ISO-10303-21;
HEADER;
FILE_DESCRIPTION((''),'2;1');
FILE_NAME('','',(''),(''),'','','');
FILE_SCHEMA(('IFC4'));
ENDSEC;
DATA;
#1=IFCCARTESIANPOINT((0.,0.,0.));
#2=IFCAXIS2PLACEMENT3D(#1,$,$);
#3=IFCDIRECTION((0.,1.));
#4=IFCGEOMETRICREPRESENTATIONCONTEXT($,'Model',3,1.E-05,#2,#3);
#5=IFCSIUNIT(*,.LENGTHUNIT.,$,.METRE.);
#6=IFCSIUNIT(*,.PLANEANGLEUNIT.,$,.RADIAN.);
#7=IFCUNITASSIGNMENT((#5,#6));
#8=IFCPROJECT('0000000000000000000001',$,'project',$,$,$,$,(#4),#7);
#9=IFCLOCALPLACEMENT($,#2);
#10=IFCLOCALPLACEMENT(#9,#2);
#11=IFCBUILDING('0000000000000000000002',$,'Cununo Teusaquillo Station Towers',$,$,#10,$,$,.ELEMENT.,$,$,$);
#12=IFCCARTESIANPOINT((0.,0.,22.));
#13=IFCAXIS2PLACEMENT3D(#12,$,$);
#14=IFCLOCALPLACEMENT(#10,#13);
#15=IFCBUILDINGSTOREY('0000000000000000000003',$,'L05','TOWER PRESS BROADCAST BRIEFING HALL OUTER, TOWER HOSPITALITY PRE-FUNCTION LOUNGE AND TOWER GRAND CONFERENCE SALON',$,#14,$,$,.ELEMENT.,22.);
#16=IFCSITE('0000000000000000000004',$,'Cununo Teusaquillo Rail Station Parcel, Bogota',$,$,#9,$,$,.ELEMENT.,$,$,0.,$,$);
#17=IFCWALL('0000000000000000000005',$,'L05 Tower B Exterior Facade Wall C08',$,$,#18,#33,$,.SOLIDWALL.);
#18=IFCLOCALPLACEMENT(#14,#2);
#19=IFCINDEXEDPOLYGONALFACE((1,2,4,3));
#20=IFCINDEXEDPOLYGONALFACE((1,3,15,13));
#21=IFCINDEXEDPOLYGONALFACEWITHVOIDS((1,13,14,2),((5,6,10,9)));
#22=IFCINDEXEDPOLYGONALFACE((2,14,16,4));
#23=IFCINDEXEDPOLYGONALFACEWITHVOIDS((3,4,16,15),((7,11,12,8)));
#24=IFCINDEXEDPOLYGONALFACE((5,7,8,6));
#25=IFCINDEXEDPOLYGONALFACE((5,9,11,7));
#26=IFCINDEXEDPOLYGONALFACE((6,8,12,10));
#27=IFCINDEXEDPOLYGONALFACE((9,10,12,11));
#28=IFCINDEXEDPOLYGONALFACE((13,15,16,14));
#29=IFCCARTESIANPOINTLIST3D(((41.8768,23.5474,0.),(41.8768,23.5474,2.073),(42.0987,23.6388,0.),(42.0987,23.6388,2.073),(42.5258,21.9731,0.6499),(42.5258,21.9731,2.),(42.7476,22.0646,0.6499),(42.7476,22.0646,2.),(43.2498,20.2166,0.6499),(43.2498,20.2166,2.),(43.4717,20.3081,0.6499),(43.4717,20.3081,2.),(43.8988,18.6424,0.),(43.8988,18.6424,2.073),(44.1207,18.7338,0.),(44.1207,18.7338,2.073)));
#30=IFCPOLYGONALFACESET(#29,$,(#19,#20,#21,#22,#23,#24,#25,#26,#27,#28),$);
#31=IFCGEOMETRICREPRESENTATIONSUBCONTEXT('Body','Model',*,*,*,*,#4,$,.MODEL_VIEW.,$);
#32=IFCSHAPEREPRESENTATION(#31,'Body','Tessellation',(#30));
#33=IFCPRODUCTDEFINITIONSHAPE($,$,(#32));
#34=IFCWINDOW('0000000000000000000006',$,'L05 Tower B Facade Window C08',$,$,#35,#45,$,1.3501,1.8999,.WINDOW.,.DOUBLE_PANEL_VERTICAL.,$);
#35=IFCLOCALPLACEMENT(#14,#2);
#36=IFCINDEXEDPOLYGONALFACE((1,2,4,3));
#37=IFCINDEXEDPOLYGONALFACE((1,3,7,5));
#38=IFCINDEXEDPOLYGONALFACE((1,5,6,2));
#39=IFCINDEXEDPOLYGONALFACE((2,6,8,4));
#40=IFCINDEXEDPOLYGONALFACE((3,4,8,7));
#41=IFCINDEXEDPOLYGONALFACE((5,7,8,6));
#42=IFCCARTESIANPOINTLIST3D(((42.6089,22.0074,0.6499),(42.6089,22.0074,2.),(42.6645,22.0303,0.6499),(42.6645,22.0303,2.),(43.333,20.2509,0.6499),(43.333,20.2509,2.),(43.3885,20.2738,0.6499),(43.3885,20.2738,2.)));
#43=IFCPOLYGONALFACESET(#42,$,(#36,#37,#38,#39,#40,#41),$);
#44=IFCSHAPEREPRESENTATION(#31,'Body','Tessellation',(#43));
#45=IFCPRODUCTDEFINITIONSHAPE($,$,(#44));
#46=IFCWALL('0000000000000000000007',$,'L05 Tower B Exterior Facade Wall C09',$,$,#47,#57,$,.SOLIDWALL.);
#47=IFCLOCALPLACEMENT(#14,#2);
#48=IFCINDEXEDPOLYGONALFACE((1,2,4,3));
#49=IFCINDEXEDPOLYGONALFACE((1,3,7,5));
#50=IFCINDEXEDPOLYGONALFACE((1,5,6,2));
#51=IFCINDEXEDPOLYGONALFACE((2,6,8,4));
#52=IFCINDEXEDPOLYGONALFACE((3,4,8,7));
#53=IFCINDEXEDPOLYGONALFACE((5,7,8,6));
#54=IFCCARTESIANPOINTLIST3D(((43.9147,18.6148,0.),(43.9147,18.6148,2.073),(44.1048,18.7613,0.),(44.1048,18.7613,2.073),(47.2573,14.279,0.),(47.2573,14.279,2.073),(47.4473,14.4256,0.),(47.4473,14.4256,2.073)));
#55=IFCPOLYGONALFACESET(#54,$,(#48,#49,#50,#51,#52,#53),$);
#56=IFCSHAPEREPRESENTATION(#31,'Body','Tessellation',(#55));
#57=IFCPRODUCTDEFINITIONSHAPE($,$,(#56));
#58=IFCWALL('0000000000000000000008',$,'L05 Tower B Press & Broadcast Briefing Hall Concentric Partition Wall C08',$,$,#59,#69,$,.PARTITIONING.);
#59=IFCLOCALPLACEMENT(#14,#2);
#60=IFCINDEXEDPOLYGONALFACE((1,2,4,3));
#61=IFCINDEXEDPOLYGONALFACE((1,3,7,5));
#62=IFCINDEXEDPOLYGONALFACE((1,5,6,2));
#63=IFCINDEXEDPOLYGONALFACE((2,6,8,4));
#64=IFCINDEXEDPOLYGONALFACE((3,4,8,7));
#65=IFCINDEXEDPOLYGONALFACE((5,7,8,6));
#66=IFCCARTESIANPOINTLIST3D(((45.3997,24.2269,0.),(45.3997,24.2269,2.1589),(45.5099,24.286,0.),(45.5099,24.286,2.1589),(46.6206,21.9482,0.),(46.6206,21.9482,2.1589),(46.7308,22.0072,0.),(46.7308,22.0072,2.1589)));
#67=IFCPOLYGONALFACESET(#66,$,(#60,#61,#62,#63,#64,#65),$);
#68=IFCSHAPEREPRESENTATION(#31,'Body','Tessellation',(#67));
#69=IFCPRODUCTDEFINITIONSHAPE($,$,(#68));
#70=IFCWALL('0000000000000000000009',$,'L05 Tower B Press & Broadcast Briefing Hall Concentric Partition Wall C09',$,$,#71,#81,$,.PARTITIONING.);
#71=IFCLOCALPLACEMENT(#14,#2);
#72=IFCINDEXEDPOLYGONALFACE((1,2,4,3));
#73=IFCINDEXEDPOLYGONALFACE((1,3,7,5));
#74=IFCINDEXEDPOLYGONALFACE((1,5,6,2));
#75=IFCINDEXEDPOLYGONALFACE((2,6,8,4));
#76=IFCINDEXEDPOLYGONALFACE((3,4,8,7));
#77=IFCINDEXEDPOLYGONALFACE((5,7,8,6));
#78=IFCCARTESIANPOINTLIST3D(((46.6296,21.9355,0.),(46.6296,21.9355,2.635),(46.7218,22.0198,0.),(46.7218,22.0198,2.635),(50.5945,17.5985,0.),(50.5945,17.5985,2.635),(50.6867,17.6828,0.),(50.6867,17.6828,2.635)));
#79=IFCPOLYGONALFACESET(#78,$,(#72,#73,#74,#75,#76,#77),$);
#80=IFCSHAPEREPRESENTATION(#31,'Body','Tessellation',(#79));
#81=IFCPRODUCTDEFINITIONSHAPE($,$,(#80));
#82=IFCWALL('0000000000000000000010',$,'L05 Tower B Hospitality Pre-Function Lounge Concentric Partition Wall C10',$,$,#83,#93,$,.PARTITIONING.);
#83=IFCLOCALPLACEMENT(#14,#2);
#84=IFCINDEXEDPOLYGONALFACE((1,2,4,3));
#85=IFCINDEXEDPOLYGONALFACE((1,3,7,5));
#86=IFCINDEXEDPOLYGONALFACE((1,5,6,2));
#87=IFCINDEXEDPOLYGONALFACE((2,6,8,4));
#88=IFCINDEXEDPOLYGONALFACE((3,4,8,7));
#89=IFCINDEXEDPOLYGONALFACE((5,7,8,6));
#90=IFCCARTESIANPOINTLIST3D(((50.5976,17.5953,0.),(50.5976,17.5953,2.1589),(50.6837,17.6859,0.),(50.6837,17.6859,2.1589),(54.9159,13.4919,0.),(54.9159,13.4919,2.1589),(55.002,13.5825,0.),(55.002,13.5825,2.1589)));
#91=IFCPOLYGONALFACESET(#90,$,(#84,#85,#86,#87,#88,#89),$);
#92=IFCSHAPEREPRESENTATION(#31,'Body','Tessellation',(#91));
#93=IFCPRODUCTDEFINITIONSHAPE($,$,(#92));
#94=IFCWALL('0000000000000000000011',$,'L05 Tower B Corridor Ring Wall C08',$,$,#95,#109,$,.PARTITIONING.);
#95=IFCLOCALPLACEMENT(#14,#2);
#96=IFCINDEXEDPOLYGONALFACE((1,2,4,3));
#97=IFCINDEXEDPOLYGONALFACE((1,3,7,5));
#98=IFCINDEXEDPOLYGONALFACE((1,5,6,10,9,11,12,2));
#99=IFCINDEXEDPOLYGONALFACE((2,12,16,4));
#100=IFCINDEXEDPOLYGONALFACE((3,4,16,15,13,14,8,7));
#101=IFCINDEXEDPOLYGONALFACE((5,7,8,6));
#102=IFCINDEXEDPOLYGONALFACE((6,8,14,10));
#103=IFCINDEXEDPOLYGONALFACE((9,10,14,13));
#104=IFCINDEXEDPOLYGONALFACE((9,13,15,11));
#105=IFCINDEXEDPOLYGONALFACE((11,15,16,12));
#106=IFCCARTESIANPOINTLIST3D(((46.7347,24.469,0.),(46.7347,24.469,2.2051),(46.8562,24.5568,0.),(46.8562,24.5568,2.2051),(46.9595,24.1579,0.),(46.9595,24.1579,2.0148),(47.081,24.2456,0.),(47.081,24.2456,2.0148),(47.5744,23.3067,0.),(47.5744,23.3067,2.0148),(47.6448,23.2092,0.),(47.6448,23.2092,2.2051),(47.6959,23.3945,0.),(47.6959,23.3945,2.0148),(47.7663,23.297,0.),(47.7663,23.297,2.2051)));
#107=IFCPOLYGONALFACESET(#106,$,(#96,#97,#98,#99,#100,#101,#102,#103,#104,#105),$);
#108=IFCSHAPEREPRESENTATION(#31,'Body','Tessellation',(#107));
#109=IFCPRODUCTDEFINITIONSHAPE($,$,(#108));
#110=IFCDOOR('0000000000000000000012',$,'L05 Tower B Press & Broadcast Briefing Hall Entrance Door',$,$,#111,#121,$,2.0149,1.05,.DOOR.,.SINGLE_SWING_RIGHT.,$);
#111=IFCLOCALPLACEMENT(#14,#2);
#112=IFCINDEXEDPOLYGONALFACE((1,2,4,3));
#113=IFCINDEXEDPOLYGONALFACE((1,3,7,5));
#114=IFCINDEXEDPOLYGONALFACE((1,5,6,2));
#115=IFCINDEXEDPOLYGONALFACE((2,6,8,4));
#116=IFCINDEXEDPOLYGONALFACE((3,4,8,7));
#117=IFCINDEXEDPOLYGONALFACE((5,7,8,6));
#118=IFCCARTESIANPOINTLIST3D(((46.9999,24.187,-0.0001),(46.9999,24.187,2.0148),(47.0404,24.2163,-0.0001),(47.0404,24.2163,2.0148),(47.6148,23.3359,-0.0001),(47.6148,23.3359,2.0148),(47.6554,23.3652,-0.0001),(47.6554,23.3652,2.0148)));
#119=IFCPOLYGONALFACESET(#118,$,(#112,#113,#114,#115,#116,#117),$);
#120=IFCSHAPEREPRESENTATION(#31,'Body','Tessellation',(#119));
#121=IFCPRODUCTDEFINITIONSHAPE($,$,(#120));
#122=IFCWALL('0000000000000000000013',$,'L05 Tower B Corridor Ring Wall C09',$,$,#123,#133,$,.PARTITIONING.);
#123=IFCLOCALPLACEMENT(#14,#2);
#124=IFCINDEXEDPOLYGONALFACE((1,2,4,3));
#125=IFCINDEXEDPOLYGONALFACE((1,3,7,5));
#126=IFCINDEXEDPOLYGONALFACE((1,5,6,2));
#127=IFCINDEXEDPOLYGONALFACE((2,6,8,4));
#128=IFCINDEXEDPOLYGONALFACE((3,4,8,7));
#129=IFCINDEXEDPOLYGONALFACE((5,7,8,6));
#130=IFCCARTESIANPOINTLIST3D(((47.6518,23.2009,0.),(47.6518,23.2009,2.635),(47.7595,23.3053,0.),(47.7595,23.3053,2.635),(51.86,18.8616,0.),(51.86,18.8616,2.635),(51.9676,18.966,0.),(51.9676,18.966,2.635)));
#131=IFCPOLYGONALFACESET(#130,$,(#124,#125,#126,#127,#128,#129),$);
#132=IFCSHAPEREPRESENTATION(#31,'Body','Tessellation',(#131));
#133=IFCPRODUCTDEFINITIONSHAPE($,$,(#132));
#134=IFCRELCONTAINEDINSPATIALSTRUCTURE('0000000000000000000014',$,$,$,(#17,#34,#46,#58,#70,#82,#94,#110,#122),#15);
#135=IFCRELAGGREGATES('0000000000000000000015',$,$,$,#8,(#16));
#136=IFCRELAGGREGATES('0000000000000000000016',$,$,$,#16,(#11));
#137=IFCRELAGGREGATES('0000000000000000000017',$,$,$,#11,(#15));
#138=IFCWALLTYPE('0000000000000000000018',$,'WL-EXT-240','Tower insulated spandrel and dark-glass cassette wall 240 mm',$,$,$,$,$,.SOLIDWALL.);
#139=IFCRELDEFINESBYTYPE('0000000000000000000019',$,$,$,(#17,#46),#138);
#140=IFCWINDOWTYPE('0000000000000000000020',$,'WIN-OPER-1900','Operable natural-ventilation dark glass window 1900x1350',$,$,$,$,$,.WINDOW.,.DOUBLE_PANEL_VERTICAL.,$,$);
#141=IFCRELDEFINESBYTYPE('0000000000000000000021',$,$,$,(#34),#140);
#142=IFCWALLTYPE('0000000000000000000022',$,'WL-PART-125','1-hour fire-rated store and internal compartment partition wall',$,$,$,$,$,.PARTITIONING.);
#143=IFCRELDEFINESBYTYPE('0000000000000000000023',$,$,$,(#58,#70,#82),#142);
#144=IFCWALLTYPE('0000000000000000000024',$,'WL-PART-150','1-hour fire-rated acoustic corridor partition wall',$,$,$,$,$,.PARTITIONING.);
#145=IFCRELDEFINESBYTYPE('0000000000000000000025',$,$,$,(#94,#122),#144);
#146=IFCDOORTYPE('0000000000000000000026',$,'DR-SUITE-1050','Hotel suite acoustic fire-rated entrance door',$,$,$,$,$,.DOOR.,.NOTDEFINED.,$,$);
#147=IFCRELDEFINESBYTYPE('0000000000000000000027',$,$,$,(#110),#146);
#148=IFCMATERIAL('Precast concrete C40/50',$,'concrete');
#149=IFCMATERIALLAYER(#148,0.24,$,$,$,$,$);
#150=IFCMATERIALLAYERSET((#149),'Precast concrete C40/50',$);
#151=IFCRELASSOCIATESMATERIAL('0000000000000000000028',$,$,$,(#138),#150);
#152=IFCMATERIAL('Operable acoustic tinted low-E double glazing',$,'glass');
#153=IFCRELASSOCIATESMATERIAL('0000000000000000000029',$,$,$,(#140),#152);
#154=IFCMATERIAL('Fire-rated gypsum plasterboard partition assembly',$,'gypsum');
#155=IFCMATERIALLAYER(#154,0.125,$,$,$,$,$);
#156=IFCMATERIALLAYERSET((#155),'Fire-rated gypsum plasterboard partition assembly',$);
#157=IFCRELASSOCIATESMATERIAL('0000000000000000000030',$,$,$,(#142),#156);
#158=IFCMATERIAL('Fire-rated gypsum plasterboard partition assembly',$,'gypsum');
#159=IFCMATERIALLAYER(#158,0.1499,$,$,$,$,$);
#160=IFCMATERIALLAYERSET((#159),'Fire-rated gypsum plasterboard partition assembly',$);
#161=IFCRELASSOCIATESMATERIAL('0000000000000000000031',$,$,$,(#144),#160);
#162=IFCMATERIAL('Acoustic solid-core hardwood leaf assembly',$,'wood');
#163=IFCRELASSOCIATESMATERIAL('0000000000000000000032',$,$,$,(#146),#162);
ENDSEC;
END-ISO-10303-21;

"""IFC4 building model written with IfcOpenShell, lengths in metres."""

from ifc_helpers import new_model, si_unit, direction, frame, frame_2d, origin, place, context, subcontext, project, spatial, rectangle, extrude, source, transform, mapped, material, layer, layer_set, type_object, element, fill, save


model = new_model("IFC4")

# Units and contexts
model_context = context("Model", 3, precision=1e-05, world=origin(), true_north=direction((0.0, 1.0)))
body_context = subcontext(model_context, "Body", "Model", "MODEL_VIEW")
ifc_project = project(units=[si_unit("LENGTHUNIT", "METRE"), si_unit("PLANEANGLEUNIT", "RADIAN")], contexts=[model_context])

# Site, building, storey
site_placement = place(None, origin())
site = spatial("IfcSite", under=ifc_project, at=site_placement, Name="Cununo Teusaquillo Rail Station Parcel, Bogota", CompositionType="ELEMENT", RefElevation=0.0)
building_placement = place(site_placement, origin())
building = spatial("IfcBuilding", under=site, at=building_placement, Name="Cununo Teusaquillo Station Towers", CompositionType="ELEMENT")
storey_placement = place(building_placement, frame((0.0, 0.0, 22.0)))
storey = spatial("IfcBuildingStorey", under=building, at=storey_placement, Name="L05", Description="TOWER PRESS BROADCAST BRIEFING HALL OUTER, TOWER HOSPITALITY PRE-FUNCTION LOUNGE AND TOWER GRAND CONFERENCE SALON", CompositionType="ELEMENT", Elevation=22.0)

# Shared definitions
ifc_material_1 = material(Name="Precast concrete C40/50", Category="concrete")
ifc_layer_1 = layer(ifc_material_1, 0.24)
ifc_layer_set_1 = layer_set([ifc_layer_1], Name="Precast concrete C40/50")
wall_type_1 = type_object("IfcWallType", Name="WL-EXT-240", Description="Tower insulated spandrel and dark-glass cassette wall 240 mm", PredefinedType="SOLIDWALL", material=ifc_layer_set_1)

# Wall, opening, window
wall_1_placement = place(storey_placement, frame((44.0098, 18.688, 0.0), z_axis=(0.0, 0.0, 1.0), x_axis=(-0.381113, 0.924528, 0.0)))
wall_1 = element("IfcWall", 1, at=wall_1_placement, inside=storey, type_object=wall_type_1, Name="L05 Tower B Exterior Facade Wall C08", PredefinedType="SOLIDWALL", context=body_context, shape_type="SweptSolid", body=[
    extrude(rectangle(XDim=5.3054, YDim=0.24, at=frame_2d((2.6528, 0.0))), origin(), (0.0, 0.0, 1.0), 2.073),
])
shared_shape_1 = source(origin(), body_context, "Body", "SweptSolid", [
    extrude(rectangle(XDim=1.8999, YDim=1.3501, at=frame_2d((0.95, 0.675))), frame((0.0, 0.1299, 0.0), z_axis=(0.0, -1.0, 0.0), x_axis=(1.0, 0.0, 0.0)), (0.0, 0.0, 1.0), 0.26),
])
opening_1_placement = place(wall_1_placement, frame((1.7029, 0.0, 0.6499)))
opening_1 = element("IfcOpeningElement", 2, at=opening_1_placement, cuts=wall_1, PredefinedType="OPENING", context=body_context, shape_type="MappedRepresentation", body=[
    mapped(shared_shape_1, transform((0.0, 0.0, 0.0), x_axis=(1.0, 0.0, 0.0), y_axis=(0.0, 1.0, 0.0), z_axis=(0.0, 0.0, 1.0), scale=1.0)),
])
ifc_material_2 = material(Name="Operable acoustic tinted low-E double glazing", Category="glass")
window_type_1 = type_object("IfcWindowType", Name="WIN-OPER-1900", Description="Operable natural-ventilation dark glass window 1900x1350", PartitioningType="DOUBLE_PANEL_VERTICAL", PredefinedType="WINDOW", material=ifc_material_2)
shared_shape_2 = source(origin(), body_context, "Body", "SweptSolid", [
    extrude(rectangle(XDim=1.8999, YDim=1.3501, at=frame_2d((0.95, 0.675))), frame((0.0, 0.03, 0.0), z_axis=(0.0, -1.0, 0.0), x_axis=(1.0, 0.0, 0.0)), (0.0, 0.0, 1.0), 0.0601),
])
window_1_placement = place(opening_1_placement, origin())
window_1 = element("IfcWindow", 3, at=window_1_placement, inside=storey, type_object=window_type_1, Name="L05 Tower B Facade Window C08", OverallHeight=1.3501, OverallWidth=1.8999, PartitioningType="DOUBLE_PANEL_VERTICAL", PredefinedType="WINDOW", context=body_context, shape_type="MappedRepresentation", body=[
    mapped(shared_shape_2, transform((0.0, 0.0, 0.0), x_axis=(1.0, 0.0, 0.0), y_axis=(0.0, 1.0, 0.0), z_axis=(0.0, 0.0, 1.0), scale=1.0)),
])
fill(opening_1, window_1)

# Walls
wall_2_placement = place(storey_placement, frame((47.3523, 14.3523, 0.0), z_axis=(0.0, 0.0, 1.0), x_axis=(-0.610557, 0.791972, 0.0)))
element("IfcWall", 4, at=wall_2_placement, inside=storey, type_object=wall_type_1, Name="L05 Tower B Exterior Facade Wall C09", PredefinedType="SOLIDWALL", context=body_context, shape_type="SweptSolid", body=[
    extrude(rectangle(XDim=5.4746, YDim=0.24, at=frame_2d((2.7373, 0.0))), origin(), (0.0, 0.0, 1.0), 2.073),
])
ifc_material_3 = material(Name="Fire-rated gypsum plasterboard partition assembly", Category="gypsum")
ifc_layer_2 = layer(ifc_material_3, 0.125)
ifc_layer_set_2 = layer_set([ifc_layer_2], Name="Fire-rated gypsum plasterboard partition assembly")
wall_type_2 = type_object("IfcWallType", Name="WL-PART-125", Description="1-hour fire-rated store and internal compartment partition wall", PredefinedType="PARTITIONING", material=ifc_layer_set_2)
wall_3_placement = place(storey_placement, frame((45.4548, 24.2563, 0.0), z_axis=(0.0, 0.0, 1.0), x_axis=(0.472269, -0.881455, 0.0)))
element("IfcWall", 5, at=wall_3_placement, inside=storey, type_object=wall_type_2, Name="L05 Tower B Press & Broadcast Briefing Hall Concentric Partition Wall C08", PredefinedType="PARTITIONING", context=body_context, shape_type="SweptSolid", body=[
    extrude(rectangle(XDim=2.5852, YDim=0.125, at=frame_2d((1.2925, 0.0))), origin(), (0.0, 0.0, 1.0), 2.1589),
])
wall_4_placement = place(storey_placement, frame((46.6758, 21.9775, 0.0), z_axis=(0.0, 0.0, 1.0), x_axis=(0.674738, -0.738057, 0.0)))
element("IfcWall", 6, at=wall_4_placement, inside=storey, type_object=wall_type_2, Name="L05 Tower B Press & Broadcast Briefing Hall Concentric Partition Wall C09", PredefinedType="PARTITIONING", context=body_context, shape_type="SweptSolid", body=[
    extrude(rectangle(XDim=5.8762, YDim=0.125, at=frame_2d((2.938, 0.0))), origin(), (0.0, 0.0, 1.0), 2.635),
])
wall_5_placement = place(storey_placement, frame((50.6406, 17.6406, 0.0), z_axis=(0.0, 0.0, 1.0), x_axis=(0.724909, -0.688844, 0.0)))
element("IfcWall", 7, at=wall_5_placement, inside=storey, type_object=wall_type_2, Name="L05 Tower B Hospitality Pre-Function Lounge Concentric Partition Wall C10", PredefinedType="PARTITIONING", context=body_context, shape_type="SweptSolid", body=[
    extrude(rectangle(XDim=5.957, YDim=0.125, at=frame_2d((2.9785, 0.0))), origin(), (0.0, 0.0, 1.0), 2.1589),
])

# Wall, opening, door
ifc_material_4 = material(Name="Fire-rated gypsum plasterboard partition assembly", Category="gypsum")
ifc_layer_3 = layer(ifc_material_4, 0.1499)
ifc_layer_set_3 = layer_set([ifc_layer_3], Name="Fire-rated gypsum plasterboard partition assembly")
wall_type_3 = type_object("IfcWallType", Name="WL-PART-150", Description="1-hour fire-rated acoustic corridor partition wall", PredefinedType="PARTITIONING", material=ifc_layer_set_3)
wall_6_placement = place(storey_placement, frame((46.7954, 24.5129, 0.0), z_axis=(0.0, 0.0, 1.0), x_axis=(0.585628, -0.81058, 0.0)))
wall_6 = element("IfcWall", 8, at=wall_6_placement, inside=storey, type_object=wall_type_3, Name="L05 Tower B Corridor Ring Wall C08", PredefinedType="PARTITIONING", context=body_context, shape_type="SweptSolid", body=[
    extrude(rectangle(XDim=1.5542, YDim=0.1499, at=frame_2d((0.7771, 0.0))), origin(), (0.0, 0.0, 1.0), 2.2051),
])
shared_shape_3 = source(origin(), body_context, "Body", "SweptSolid", [
    extrude(rectangle(XDim=1.05, YDim=2.0149, at=frame_2d((0.5249, 1.0073))), frame((0.0, 0.085, 0.0), z_axis=(0.0, -1.0, 0.0), x_axis=(1.0, 0.0, 0.0)), (0.0, 0.0, 1.0), 0.1699),
])
opening_2_placement = place(wall_6_placement, frame((0.384, 0.0, 0.0)))
opening_2 = element("IfcOpeningElement", 9, at=opening_2_placement, cuts=wall_6, PredefinedType="OPENING", context=body_context, shape_type="MappedRepresentation", body=[
    mapped(shared_shape_3, transform((0.0, 0.0, 0.0), x_axis=(1.0, 0.0, 0.0), y_axis=(0.0, 1.0, 0.0), z_axis=(0.0, 0.0, 1.0), scale=1.0)),
])
ifc_material_5 = material(Name="Acoustic solid-core hardwood leaf assembly", Category="wood")
door_type_1 = type_object("IfcDoorType", Name="DR-SUITE-1050", Description="Hotel suite acoustic fire-rated entrance door", OperationType="NOTDEFINED", PredefinedType="DOOR", material=ifc_material_5)
shared_shape_4 = source(origin(), body_context, "Body", "SweptSolid", [
    extrude(rectangle(XDim=1.05, YDim=2.0149, at=frame_2d((0.5249, 1.0073))), frame((0.0, 0.0249, 0.0), z_axis=(0.0, -1.0, 0.0), x_axis=(1.0, 0.0, 0.0)), (0.0, 0.0, 1.0), 0.05),
])
door_1_placement = place(opening_2_placement, origin())
door_1 = element("IfcDoor", 10, at=door_1_placement, inside=storey, type_object=door_type_1, Name="L05 Tower B Press & Broadcast Briefing Hall Entrance Door", OperationType="SINGLE_SWING_RIGHT", OverallHeight=2.0149, OverallWidth=1.05, PredefinedType="DOOR", context=body_context, shape_type="MappedRepresentation", body=[
    mapped(shared_shape_4, transform((0.0, 0.0, 0.0), x_axis=(1.0, 0.0, 0.0), y_axis=(0.0, 1.0, 0.0), z_axis=(0.0, 0.0, 1.0), scale=1.0)),
])
fill(opening_2, door_1)

# Wall
wall_7_placement = place(storey_placement, frame((47.7056, 23.2532, 0.0), z_axis=(0.0, 0.0, 1.0), x_axis=(0.696179, -0.717868, 0.0)))
element("IfcWall", 11, at=wall_7_placement, inside=storey, type_object=wall_type_3, Name="L05 Tower B Corridor Ring Wall C09", PredefinedType="PARTITIONING", context=body_context, shape_type="SweptSolid", body=[
    extrude(rectangle(XDim=6.0447, YDim=0.1499, at=frame_2d((3.0225, 0.0))), origin(), (0.0, 0.0, 1.0), 2.635),
])

save(model, "model.ifc")
